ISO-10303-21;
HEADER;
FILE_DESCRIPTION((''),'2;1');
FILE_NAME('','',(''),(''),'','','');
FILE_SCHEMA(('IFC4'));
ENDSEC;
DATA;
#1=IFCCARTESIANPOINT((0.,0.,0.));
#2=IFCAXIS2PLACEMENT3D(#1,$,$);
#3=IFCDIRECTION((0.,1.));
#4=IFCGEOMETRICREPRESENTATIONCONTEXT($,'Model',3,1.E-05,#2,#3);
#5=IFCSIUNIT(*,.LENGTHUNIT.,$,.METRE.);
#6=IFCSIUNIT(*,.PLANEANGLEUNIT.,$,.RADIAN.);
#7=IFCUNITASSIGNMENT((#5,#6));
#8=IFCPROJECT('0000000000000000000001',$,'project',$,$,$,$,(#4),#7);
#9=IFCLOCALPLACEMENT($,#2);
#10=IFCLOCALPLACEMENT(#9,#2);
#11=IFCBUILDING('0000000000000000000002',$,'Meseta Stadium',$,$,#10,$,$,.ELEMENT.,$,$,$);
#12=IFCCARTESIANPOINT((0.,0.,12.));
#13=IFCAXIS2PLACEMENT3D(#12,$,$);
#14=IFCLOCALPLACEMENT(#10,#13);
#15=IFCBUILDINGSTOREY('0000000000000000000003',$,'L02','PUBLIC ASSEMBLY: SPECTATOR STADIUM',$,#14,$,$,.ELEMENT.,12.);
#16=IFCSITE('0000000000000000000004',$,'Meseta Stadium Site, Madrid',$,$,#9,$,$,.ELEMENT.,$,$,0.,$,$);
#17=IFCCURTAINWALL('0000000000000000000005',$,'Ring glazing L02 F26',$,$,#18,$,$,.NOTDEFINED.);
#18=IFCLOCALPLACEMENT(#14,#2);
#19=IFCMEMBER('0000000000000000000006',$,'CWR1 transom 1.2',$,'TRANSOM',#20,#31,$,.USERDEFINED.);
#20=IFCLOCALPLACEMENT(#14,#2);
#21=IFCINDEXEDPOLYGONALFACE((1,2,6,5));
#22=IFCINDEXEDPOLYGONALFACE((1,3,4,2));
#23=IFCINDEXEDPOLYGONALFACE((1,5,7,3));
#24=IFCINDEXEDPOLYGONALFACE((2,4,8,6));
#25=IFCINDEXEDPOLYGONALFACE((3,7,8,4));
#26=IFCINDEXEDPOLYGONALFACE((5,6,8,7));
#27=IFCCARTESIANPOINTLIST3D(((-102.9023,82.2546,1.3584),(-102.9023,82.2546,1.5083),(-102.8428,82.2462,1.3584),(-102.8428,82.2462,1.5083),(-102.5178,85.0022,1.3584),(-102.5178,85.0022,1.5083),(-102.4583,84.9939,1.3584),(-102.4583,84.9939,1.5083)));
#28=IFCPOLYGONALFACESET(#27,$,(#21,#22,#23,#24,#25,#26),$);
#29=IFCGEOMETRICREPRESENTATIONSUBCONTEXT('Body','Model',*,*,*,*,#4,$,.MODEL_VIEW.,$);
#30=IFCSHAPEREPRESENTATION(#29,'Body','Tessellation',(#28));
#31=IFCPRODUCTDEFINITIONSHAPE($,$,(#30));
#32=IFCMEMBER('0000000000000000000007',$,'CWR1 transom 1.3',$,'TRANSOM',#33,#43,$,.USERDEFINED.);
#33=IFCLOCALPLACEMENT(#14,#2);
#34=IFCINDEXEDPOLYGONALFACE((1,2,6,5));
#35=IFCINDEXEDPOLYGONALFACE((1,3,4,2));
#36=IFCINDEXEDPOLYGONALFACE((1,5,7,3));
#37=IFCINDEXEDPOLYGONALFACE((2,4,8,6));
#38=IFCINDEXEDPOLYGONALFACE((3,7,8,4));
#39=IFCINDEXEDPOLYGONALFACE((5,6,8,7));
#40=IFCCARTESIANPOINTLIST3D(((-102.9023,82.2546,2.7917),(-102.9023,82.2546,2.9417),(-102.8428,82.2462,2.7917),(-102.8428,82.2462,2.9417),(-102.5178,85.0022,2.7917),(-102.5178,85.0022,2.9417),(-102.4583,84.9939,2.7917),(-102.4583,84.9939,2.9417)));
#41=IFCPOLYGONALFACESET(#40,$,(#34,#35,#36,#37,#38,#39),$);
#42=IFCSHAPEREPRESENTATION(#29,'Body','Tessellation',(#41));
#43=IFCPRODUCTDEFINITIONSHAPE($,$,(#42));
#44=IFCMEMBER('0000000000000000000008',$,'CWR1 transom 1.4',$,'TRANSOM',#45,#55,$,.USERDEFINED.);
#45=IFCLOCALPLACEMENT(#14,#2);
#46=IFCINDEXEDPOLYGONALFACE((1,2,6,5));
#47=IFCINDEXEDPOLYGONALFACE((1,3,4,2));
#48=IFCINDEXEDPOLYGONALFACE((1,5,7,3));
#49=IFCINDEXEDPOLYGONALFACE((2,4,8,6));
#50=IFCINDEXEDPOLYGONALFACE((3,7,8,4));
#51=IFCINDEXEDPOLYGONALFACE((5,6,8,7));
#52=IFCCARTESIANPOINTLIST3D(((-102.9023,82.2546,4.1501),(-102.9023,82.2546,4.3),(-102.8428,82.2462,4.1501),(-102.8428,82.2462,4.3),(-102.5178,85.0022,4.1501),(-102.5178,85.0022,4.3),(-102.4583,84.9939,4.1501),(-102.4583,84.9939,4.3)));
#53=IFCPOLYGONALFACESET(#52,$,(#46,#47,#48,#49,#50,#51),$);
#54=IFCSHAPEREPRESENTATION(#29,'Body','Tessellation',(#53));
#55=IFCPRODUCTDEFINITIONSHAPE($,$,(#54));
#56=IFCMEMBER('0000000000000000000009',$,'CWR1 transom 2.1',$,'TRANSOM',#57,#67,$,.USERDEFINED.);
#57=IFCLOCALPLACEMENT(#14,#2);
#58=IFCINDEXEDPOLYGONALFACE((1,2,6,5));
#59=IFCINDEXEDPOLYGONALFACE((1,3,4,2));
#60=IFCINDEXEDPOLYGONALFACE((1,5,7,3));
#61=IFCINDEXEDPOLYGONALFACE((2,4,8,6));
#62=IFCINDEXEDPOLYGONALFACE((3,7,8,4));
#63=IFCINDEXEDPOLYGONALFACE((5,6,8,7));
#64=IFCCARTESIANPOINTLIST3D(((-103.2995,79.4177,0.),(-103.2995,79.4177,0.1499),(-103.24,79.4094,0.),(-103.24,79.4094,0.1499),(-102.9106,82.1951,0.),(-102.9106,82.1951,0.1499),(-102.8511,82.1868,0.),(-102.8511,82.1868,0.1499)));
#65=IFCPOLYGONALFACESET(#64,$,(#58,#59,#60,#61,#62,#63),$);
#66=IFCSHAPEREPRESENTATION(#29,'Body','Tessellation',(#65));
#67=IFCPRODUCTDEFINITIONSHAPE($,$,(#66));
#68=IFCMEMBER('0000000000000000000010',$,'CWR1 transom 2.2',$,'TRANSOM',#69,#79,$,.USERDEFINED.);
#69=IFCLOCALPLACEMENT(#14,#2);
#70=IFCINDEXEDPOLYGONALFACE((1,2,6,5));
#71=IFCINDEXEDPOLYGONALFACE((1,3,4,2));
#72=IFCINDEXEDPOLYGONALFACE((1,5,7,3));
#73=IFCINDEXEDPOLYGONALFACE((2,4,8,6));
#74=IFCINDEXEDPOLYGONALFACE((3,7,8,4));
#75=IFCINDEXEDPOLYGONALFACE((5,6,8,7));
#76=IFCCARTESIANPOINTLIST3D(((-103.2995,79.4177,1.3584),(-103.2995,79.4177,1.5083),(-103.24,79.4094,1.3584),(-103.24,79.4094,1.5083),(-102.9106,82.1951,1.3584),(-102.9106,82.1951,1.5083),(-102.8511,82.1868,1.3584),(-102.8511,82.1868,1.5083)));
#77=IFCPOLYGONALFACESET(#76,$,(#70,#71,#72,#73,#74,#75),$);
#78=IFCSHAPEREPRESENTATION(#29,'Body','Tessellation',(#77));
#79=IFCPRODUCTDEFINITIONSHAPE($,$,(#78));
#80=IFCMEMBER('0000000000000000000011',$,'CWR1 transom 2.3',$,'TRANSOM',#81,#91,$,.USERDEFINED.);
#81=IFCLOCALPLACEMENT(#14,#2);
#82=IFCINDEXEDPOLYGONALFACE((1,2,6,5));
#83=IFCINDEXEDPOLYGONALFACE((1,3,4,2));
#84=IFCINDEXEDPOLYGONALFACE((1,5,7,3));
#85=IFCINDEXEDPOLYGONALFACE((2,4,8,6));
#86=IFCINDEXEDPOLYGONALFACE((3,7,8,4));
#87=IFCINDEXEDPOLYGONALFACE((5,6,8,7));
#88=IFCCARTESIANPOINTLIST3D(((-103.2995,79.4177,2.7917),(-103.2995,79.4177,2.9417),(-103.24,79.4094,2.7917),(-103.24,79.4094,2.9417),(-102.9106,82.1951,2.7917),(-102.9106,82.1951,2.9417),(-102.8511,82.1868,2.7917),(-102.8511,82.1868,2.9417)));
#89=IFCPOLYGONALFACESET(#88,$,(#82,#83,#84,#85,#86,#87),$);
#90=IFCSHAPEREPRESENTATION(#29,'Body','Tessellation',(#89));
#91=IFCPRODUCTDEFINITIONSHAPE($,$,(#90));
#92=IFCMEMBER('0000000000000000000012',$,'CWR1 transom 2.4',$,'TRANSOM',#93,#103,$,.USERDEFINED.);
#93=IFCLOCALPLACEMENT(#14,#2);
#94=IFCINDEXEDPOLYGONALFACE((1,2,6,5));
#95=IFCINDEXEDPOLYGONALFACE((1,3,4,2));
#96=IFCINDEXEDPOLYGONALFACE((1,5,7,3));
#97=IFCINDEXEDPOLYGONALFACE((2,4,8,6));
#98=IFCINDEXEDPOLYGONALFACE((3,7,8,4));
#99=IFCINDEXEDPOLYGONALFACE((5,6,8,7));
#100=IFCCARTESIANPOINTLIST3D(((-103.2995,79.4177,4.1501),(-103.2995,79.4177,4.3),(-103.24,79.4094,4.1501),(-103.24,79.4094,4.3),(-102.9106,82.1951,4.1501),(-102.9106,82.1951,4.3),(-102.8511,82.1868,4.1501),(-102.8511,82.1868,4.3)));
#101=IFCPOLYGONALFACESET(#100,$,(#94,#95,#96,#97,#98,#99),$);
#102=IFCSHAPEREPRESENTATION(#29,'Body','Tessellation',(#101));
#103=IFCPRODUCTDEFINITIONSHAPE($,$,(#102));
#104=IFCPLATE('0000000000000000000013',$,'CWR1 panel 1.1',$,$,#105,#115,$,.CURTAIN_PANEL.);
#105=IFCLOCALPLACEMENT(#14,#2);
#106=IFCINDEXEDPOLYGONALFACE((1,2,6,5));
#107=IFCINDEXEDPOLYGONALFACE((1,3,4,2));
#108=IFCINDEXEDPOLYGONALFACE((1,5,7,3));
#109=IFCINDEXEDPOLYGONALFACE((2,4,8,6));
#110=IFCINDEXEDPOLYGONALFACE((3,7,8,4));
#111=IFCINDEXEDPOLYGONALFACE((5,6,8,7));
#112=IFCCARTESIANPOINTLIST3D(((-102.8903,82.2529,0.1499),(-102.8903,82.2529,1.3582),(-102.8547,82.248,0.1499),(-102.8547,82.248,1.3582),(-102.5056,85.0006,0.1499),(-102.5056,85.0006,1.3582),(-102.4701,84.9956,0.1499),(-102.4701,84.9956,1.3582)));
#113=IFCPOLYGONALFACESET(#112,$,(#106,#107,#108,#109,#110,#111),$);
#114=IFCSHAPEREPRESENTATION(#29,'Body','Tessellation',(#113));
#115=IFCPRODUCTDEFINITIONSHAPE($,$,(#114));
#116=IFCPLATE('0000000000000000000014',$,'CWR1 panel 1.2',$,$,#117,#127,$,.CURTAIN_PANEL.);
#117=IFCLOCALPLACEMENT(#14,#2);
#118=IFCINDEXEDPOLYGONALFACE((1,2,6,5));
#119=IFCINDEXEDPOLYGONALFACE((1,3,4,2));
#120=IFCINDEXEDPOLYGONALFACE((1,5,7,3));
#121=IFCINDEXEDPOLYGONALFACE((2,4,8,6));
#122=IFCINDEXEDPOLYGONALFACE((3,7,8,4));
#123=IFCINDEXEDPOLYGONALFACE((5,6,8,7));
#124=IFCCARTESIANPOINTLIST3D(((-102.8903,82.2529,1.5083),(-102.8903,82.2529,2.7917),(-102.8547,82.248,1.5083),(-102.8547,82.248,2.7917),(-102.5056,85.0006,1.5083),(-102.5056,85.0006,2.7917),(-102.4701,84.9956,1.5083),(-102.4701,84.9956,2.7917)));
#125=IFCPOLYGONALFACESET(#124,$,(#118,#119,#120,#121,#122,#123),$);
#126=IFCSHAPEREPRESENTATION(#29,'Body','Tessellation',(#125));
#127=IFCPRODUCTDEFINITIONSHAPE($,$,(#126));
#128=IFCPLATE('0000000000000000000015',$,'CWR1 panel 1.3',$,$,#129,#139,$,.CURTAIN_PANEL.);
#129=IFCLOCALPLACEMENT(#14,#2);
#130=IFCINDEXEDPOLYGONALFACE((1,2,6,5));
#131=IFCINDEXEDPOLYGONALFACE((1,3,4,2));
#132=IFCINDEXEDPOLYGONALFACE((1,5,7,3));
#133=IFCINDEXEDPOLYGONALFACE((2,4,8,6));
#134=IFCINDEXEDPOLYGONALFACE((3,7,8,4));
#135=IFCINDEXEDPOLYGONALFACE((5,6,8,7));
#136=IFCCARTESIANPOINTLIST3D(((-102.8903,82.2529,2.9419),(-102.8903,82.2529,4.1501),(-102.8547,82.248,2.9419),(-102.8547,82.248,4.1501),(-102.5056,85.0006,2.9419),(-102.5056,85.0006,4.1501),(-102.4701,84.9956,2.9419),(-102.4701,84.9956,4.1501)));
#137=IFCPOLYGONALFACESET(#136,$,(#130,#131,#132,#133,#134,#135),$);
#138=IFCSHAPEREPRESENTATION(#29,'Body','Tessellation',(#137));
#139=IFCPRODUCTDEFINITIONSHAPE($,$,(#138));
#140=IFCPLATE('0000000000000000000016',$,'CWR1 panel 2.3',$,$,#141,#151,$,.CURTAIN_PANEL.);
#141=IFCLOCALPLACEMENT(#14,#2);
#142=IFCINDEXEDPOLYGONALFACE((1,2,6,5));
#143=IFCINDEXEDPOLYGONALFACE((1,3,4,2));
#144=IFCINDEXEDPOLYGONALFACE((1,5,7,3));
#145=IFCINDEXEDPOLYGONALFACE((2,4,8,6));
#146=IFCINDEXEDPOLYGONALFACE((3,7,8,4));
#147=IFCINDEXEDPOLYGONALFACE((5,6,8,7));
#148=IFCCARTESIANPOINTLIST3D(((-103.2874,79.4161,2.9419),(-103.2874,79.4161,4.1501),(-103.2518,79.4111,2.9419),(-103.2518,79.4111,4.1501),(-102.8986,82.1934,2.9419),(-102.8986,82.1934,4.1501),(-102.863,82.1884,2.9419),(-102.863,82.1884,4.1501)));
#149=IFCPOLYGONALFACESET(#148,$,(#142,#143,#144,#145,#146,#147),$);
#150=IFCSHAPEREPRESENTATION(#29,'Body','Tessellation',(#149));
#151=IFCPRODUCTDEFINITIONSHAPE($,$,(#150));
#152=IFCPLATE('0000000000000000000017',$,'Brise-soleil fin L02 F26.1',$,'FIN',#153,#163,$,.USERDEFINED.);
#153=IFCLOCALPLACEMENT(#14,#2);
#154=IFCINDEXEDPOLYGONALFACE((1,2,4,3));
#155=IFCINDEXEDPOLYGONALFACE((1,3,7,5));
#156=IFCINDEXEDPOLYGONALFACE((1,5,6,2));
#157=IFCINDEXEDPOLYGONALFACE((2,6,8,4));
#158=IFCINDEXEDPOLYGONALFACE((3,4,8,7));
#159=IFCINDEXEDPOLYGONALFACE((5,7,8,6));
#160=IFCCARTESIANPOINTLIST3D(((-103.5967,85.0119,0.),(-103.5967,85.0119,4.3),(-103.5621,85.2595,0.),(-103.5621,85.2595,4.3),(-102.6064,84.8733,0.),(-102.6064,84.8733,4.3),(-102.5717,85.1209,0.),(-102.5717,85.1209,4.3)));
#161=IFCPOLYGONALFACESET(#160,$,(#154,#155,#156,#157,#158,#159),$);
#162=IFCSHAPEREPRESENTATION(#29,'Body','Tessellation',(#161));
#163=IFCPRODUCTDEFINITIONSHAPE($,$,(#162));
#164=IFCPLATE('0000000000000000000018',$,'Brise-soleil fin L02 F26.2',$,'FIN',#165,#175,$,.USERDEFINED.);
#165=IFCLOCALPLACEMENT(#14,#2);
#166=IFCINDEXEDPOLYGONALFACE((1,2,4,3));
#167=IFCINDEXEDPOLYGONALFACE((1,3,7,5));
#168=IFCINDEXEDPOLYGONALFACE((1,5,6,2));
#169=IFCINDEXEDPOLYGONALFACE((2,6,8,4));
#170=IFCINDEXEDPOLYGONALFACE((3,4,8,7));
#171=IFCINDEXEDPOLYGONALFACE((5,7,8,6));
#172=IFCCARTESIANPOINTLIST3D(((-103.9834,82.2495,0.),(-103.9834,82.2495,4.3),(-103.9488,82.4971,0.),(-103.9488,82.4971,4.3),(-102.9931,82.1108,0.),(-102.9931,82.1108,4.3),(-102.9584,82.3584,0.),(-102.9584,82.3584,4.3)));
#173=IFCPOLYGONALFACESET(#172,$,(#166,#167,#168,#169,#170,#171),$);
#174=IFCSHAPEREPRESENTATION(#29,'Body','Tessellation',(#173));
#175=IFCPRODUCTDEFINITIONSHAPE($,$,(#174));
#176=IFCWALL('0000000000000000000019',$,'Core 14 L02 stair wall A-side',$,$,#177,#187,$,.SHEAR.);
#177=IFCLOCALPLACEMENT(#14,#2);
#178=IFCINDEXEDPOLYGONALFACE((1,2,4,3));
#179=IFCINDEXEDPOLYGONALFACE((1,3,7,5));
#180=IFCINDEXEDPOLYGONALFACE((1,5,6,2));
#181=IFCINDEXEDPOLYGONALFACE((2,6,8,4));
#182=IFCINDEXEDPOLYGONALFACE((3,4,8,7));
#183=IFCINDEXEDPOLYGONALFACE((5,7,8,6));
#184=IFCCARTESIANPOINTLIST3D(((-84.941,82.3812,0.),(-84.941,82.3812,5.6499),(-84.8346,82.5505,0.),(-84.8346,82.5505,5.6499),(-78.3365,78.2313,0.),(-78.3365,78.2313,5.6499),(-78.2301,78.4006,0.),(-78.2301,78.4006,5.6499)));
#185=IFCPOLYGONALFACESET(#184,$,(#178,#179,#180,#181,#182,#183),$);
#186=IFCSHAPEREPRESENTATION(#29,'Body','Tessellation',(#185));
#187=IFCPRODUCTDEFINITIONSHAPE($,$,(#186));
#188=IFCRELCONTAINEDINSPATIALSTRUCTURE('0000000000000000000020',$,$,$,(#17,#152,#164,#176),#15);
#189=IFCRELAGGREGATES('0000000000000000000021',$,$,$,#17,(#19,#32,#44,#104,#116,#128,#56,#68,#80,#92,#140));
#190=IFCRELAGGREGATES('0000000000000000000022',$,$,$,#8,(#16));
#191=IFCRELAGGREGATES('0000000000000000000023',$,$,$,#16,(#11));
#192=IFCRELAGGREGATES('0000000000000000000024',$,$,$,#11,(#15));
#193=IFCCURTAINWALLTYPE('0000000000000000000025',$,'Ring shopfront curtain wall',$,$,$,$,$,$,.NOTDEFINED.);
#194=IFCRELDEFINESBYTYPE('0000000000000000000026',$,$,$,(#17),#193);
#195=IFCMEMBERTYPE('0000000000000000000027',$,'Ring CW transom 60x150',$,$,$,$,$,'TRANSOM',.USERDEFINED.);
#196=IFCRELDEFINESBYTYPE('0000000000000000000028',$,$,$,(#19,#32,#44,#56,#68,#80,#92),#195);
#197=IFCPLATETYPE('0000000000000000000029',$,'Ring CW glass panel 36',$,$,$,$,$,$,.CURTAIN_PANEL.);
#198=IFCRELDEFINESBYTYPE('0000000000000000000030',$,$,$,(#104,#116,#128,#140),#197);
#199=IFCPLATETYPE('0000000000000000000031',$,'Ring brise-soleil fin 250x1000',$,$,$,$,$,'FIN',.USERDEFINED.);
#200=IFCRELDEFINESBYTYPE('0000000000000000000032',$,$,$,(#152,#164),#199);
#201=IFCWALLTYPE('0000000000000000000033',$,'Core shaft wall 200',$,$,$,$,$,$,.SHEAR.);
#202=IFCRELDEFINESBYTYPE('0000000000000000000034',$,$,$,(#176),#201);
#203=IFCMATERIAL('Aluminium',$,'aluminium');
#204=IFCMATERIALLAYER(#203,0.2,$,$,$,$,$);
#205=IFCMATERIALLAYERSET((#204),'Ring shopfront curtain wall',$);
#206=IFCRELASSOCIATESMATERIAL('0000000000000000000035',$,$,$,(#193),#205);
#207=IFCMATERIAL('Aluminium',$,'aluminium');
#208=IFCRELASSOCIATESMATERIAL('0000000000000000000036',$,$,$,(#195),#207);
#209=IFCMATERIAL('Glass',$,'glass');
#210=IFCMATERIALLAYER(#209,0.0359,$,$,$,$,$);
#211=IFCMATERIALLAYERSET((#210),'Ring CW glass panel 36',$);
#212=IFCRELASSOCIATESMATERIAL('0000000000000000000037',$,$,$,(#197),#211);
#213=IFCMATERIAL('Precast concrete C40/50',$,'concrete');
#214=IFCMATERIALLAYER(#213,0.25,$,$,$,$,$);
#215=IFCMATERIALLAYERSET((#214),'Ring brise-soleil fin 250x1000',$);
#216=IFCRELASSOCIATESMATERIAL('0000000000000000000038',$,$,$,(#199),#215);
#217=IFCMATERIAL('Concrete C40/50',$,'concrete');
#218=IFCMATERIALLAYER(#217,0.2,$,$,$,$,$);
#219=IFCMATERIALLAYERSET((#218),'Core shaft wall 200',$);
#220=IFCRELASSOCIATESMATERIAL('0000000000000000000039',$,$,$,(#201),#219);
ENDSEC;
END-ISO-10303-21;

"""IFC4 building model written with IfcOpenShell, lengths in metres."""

from ifc_helpers import new_model, si_unit, direction, frame, frame_2d, origin, origin_2d, place, context, subcontext, project, spatial, rectangle, extrude, material, layer, layer_set, material_profile, profile_set, type_object, element, aggregate, save


model = new_model("IFC4")

# Units and contexts
model_context = context("Model", 3, precision=1e-05, world=origin(), true_north=direction((0.0, 1.0)))
body_context = subcontext(model_context, "Body", "Model", "MODEL_VIEW")
ifc_project = project(units=[si_unit("LENGTHUNIT", "METRE"), si_unit("PLANEANGLEUNIT", "RADIAN")], contexts=[model_context])

# Site, building, storey
site_placement = place(None, origin())
site = spatial("IfcSite", under=ifc_project, at=site_placement, Name="Meseta Stadium Site, Madrid", CompositionType="ELEMENT", RefElevation=0.0)
building_placement = place(site_placement, origin())
building = spatial("IfcBuilding", under=site, at=building_placement, Name="Meseta Stadium", CompositionType="ELEMENT")
storey_placement = place(building_placement, frame((0.0, 0.0, 12.0)))
storey = spatial("IfcBuildingStorey", under=building, at=storey_placement, Name="L02", Description="PUBLIC ASSEMBLY: SPECTATOR STADIUM", CompositionType="ELEMENT", Elevation=12.0)

# Shared definitions
ifc_material_1 = material(Name="Aluminium", Category="aluminium")
ifc_layer_1 = layer(ifc_material_1, 0.2)
ifc_layer_set_1 = layer_set([ifc_layer_1], Name="Ring shopfront curtain wall")
curtain_wall_type = type_object("IfcCurtainWallType", Name="Ring shopfront curtain wall", PredefinedType="NOTDEFINED", material=ifc_layer_set_1)

# Curtain wall, members, plates
curtain_wall_1_placement = place(storey_placement, origin())
curtain_wall_1 = element("IfcCurtainWall", 1, at=curtain_wall_1_placement, inside=storey, type_object=curtain_wall_type, Name="Ring glazing L02 F26", PredefinedType="NOTDEFINED")
ifc_material_2 = material(Name="Aluminium", Category="aluminium")
ifc_material_profile_1 = material_profile(ifc_material_2, rectangle(XDim=0.0601, YDim=0.1499, at=origin_2d()), Name="CW 60x150")
ifc_profile_set_1 = profile_set([ifc_material_profile_1], Name="Aluminium")
member_type_1 = type_object("IfcMemberType", Name="Ring CW transom 60x150", ElementType="TRANSOM", PredefinedType="USERDEFINED", material=ifc_profile_set_1)
member_1_placement = place(storey_placement, frame((-102.488, 84.998, 1.4333), z_axis=(-0.1386, -0.990349, 0.0), x_axis=(0.990349, -0.1386, 0.0)))
member_1 = element("IfcMember", 2, at=member_1_placement, type_object=member_type_1, Name="CWR1 transom 1.2", ObjectType="TRANSOM", PredefinedType="USERDEFINED", context=body_context, shape_type="SweptSolid", body=[
    extrude(rectangle(XDim=0.0601, YDim=0.1499, at=origin_2d()), origin(), (0.0, 0.0, 1.0), 2.7744),
])
member_2_placement = place(storey_placement, frame((-102.488, 84.998, 2.8667), z_axis=(-0.1386, -0.990349, 0.0), x_axis=(0.990349, -0.1386, 0.0)))
member_2 = element("IfcMember", 3, at=member_2_placement, type_object=member_type_1, Name="CWR1 transom 1.3", ObjectType="TRANSOM", PredefinedType="USERDEFINED", context=body_context, shape_type="SweptSolid", body=[
    extrude(rectangle(XDim=0.0601, YDim=0.1499, at=origin_2d()), origin(), (0.0, 0.0, 1.0), 2.7744),
])
member_3_placement = place(storey_placement, frame((-102.488, 84.998, 4.2251), z_axis=(-0.1386, -0.990349, 0.0), x_axis=(0.990349, -0.1386, 0.0)))
member_3 = element("IfcMember", 4, at=member_3_placement, type_object=member_type_1, Name="CWR1 transom 1.4", ObjectType="TRANSOM", PredefinedType="USERDEFINED", context=body_context, shape_type="SweptSolid", body=[
    extrude(rectangle(XDim=0.0601, YDim=0.1499, at=origin_2d()), origin(), (0.0, 0.0, 1.0), 2.7744),
])
member_4_placement = place(storey_placement, frame((-102.8809, 82.1909, 0.075), z_axis=(-0.138679, -0.990337, 0.0), x_axis=(0.990337, -0.138679, 0.0)))
member_4 = element("IfcMember", 5, at=member_4_placement, type_object=member_type_1, Name="CWR1 transom 2.1", ObjectType="TRANSOM", PredefinedType="USERDEFINED", context=body_context, shape_type="SweptSolid", body=[
    extrude(rectangle(XDim=0.0601, YDim=0.1499, at=origin_2d()), origin(), (0.0, 0.0, 1.0), 2.8044),
])
member_5_placement = place(storey_placement, frame((-102.8809, 82.1909, 1.4333), z_axis=(-0.138679, -0.990337, 0.0), x_axis=(0.990337, -0.138679, 0.0)))
member_5 = element("IfcMember", 6, at=member_5_placement, type_object=member_type_1, Name="CWR1 transom 2.2", ObjectType="TRANSOM", PredefinedType="USERDEFINED", context=body_context, shape_type="SweptSolid", body=[
    extrude(rectangle(XDim=0.0601, YDim=0.1499, at=origin_2d()), origin(), (0.0, 0.0, 1.0), 2.8044),
])
member_6_placement = place(storey_placement, frame((-102.8809, 82.1909, 2.8667), z_axis=(-0.138679, -0.990337, 0.0), x_axis=(0.990337, -0.138679, 0.0)))
member_6 = element("IfcMember", 7, at=member_6_placement, type_object=member_type_1, Name="CWR1 transom 2.3", ObjectType="TRANSOM", PredefinedType="USERDEFINED", context=body_context, shape_type="SweptSolid", body=[
    extrude(rectangle(XDim=0.0601, YDim=0.1499, at=origin_2d()), origin(), (0.0, 0.0, 1.0), 2.8044),
])
member_7_placement = place(storey_placement, frame((-102.8809, 82.1909, 4.2251), z_axis=(-0.138679, -0.990337, 0.0), x_axis=(0.990337, -0.138679, 0.0)))
member_7 = element("IfcMember", 8, at=member_7_placement, type_object=member_type_1, Name="CWR1 transom 2.4", ObjectType="TRANSOM", PredefinedType="USERDEFINED", context=body_context, shape_type="SweptSolid", body=[
    extrude(rectangle(XDim=0.0601, YDim=0.1499, at=origin_2d()), origin(), (0.0, 0.0, 1.0), 2.8044),
])
ifc_material_3 = material(Name="Glass", Category="glass")
ifc_layer_2 = layer(ifc_material_3, 0.0359)
ifc_layer_set_2 = layer_set([ifc_layer_2], Name="Ring CW glass panel 36")
plate_type_1 = type_object("IfcPlateType", Name="Ring CW glass panel 36", PredefinedType="CURTAIN_PANEL", material=ifc_layer_set_2)
plate_1_placement = place(storey_placement, frame((-102.6802, 83.6243, 0.1499), z_axis=(0.0, 0.0, 1.0), x_axis=(-0.138643, -0.990342, 0.0)))
plate_1 = element("IfcPlate", 9, at=plate_1_placement, type_object=plate_type_1, Name="CWR1 panel 1.1", PredefinedType="CURTAIN_PANEL", context=body_context, shape_type="SweptSolid", body=[
    extrude(rectangle(XDim=2.7744, YDim=0.0359, at=origin_2d()), origin(), (0.0, 0.0, 1.0), 1.2083),
])
plate_2_placement = place(storey_placement, frame((-102.6802, 83.6243, 1.5083), z_axis=(0.0, 0.0, 1.0), x_axis=(-0.138643, -0.990342, 0.0)))
plate_2 = element("IfcPlate", 10, at=plate_2_placement, type_object=plate_type_1, Name="CWR1 panel 1.2", PredefinedType="CURTAIN_PANEL", context=body_context, shape_type="SweptSolid", body=[
    extrude(rectangle(XDim=2.7744, YDim=0.0359, at=origin_2d()), origin(), (0.0, 0.0, 1.0), 1.2834),
])
plate_3_placement = place(storey_placement, frame((-102.6802, 83.6243, 2.9419), z_axis=(0.0, 0.0, 1.0), x_axis=(-0.138643, -0.990342, 0.0)))
plate_3 = element("IfcPlate", 11, at=plate_3_placement, type_object=plate_type_1, Name="CWR1 panel 1.3", PredefinedType="CURTAIN_PANEL", context=body_context, shape_type="SweptSolid", body=[
    extrude(rectangle(XDim=2.7744, YDim=0.0359, at=origin_2d()), origin(), (0.0, 0.0, 1.0), 1.2083),
])
plate_4_placement = place(storey_placement, frame((-103.0752, 80.8022, 2.9419), z_axis=(0.0, 0.0, 1.0), x_axis=(-0.138643, -0.990342, 0.0)))
plate_4 = element("IfcPlate", 12, at=plate_4_placement, type_object=plate_type_1, Name="CWR1 panel 2.3", PredefinedType="CURTAIN_PANEL", context=body_context, shape_type="SweptSolid", body=[
    extrude(rectangle(XDim=2.8044, YDim=0.0359, at=origin_2d()), origin(), (0.0, 0.0, 1.0), 1.2083),
])
aggregate(curtain_wall_1, [member_1, member_2, member_3, plate_1, plate_2, plate_3, member_4, member_5, member_6, member_7, plate_4])

# Plates
ifc_material_4 = material(Name="Precast concrete C40/50", Category="concrete")
ifc_layer_3 = layer(ifc_material_4, 0.25)
ifc_layer_set_3 = layer_set([ifc_layer_3], Name="Ring brise-soleil fin 250x1000")
plate_type_2 = type_object("IfcPlateType", Name="Ring brise-soleil fin 250x1000", ElementType="FIN", PredefinedType="USERDEFINED", material=ifc_layer_set_3)
for number, where, z_axis, x_axis, name in (
    (13, (-103.0842, 85.0664, 0.0), (0.0, 0.0, 1.0), (-0.138641, -0.990343, 0.0), "Brise-soleil fin L02 F26.1"),
    (14, (-103.4709, 82.304, 0.0), (0.0, 0.0, 1.0), (-0.138641, -0.990343, 0.0), "Brise-soleil fin L02 F26.2"),
):
    element("IfcPlate", number, at=place(storey_placement, frame(where, z_axis=z_axis, x_axis=x_axis)), inside=storey, type_object=plate_type_2, Name=name, ObjectType="FIN", PredefinedType="USERDEFINED", context=body_context, shape_type="SweptSolid", body=[
        extrude(rectangle(XDim=0.25, YDim=1.0, at=origin_2d()), origin(), (0.0, 0.0, 1.0), 4.3),
    ])

# Wall
ifc_material_5 = material(Name="Concrete C40/50", Category="concrete")
ifc_layer_4 = layer(ifc_material_5, 0.2)
ifc_layer_set_4 = layer_set([ifc_layer_4], Name="Core shaft wall 200")
wall_type_1 = type_object("IfcWallType", Name="Core shaft wall 200", PredefinedType="SHEAR", material=ifc_layer_set_4)
wall_1_placement = place(storey_placement, frame((-84.8877, 82.4658, 0.0), z_axis=(0.0, 0.0, 1.0), x_axis=(0.846723, -0.532034, 0.0)))
element("IfcWall", 15, at=wall_1_placement, inside=storey, type_object=wall_type_1, Name="Core 14 L02 stair wall A-side", PredefinedType="SHEAR", context=body_context, shape_type="SweptSolid", body=[
    extrude(rectangle(XDim=7.8, YDim=0.2, at=frame_2d((3.8999, 0.0))), origin(), (0.0, 0.0, 1.0), 5.6499),
])

save(model, "model.ifc")
